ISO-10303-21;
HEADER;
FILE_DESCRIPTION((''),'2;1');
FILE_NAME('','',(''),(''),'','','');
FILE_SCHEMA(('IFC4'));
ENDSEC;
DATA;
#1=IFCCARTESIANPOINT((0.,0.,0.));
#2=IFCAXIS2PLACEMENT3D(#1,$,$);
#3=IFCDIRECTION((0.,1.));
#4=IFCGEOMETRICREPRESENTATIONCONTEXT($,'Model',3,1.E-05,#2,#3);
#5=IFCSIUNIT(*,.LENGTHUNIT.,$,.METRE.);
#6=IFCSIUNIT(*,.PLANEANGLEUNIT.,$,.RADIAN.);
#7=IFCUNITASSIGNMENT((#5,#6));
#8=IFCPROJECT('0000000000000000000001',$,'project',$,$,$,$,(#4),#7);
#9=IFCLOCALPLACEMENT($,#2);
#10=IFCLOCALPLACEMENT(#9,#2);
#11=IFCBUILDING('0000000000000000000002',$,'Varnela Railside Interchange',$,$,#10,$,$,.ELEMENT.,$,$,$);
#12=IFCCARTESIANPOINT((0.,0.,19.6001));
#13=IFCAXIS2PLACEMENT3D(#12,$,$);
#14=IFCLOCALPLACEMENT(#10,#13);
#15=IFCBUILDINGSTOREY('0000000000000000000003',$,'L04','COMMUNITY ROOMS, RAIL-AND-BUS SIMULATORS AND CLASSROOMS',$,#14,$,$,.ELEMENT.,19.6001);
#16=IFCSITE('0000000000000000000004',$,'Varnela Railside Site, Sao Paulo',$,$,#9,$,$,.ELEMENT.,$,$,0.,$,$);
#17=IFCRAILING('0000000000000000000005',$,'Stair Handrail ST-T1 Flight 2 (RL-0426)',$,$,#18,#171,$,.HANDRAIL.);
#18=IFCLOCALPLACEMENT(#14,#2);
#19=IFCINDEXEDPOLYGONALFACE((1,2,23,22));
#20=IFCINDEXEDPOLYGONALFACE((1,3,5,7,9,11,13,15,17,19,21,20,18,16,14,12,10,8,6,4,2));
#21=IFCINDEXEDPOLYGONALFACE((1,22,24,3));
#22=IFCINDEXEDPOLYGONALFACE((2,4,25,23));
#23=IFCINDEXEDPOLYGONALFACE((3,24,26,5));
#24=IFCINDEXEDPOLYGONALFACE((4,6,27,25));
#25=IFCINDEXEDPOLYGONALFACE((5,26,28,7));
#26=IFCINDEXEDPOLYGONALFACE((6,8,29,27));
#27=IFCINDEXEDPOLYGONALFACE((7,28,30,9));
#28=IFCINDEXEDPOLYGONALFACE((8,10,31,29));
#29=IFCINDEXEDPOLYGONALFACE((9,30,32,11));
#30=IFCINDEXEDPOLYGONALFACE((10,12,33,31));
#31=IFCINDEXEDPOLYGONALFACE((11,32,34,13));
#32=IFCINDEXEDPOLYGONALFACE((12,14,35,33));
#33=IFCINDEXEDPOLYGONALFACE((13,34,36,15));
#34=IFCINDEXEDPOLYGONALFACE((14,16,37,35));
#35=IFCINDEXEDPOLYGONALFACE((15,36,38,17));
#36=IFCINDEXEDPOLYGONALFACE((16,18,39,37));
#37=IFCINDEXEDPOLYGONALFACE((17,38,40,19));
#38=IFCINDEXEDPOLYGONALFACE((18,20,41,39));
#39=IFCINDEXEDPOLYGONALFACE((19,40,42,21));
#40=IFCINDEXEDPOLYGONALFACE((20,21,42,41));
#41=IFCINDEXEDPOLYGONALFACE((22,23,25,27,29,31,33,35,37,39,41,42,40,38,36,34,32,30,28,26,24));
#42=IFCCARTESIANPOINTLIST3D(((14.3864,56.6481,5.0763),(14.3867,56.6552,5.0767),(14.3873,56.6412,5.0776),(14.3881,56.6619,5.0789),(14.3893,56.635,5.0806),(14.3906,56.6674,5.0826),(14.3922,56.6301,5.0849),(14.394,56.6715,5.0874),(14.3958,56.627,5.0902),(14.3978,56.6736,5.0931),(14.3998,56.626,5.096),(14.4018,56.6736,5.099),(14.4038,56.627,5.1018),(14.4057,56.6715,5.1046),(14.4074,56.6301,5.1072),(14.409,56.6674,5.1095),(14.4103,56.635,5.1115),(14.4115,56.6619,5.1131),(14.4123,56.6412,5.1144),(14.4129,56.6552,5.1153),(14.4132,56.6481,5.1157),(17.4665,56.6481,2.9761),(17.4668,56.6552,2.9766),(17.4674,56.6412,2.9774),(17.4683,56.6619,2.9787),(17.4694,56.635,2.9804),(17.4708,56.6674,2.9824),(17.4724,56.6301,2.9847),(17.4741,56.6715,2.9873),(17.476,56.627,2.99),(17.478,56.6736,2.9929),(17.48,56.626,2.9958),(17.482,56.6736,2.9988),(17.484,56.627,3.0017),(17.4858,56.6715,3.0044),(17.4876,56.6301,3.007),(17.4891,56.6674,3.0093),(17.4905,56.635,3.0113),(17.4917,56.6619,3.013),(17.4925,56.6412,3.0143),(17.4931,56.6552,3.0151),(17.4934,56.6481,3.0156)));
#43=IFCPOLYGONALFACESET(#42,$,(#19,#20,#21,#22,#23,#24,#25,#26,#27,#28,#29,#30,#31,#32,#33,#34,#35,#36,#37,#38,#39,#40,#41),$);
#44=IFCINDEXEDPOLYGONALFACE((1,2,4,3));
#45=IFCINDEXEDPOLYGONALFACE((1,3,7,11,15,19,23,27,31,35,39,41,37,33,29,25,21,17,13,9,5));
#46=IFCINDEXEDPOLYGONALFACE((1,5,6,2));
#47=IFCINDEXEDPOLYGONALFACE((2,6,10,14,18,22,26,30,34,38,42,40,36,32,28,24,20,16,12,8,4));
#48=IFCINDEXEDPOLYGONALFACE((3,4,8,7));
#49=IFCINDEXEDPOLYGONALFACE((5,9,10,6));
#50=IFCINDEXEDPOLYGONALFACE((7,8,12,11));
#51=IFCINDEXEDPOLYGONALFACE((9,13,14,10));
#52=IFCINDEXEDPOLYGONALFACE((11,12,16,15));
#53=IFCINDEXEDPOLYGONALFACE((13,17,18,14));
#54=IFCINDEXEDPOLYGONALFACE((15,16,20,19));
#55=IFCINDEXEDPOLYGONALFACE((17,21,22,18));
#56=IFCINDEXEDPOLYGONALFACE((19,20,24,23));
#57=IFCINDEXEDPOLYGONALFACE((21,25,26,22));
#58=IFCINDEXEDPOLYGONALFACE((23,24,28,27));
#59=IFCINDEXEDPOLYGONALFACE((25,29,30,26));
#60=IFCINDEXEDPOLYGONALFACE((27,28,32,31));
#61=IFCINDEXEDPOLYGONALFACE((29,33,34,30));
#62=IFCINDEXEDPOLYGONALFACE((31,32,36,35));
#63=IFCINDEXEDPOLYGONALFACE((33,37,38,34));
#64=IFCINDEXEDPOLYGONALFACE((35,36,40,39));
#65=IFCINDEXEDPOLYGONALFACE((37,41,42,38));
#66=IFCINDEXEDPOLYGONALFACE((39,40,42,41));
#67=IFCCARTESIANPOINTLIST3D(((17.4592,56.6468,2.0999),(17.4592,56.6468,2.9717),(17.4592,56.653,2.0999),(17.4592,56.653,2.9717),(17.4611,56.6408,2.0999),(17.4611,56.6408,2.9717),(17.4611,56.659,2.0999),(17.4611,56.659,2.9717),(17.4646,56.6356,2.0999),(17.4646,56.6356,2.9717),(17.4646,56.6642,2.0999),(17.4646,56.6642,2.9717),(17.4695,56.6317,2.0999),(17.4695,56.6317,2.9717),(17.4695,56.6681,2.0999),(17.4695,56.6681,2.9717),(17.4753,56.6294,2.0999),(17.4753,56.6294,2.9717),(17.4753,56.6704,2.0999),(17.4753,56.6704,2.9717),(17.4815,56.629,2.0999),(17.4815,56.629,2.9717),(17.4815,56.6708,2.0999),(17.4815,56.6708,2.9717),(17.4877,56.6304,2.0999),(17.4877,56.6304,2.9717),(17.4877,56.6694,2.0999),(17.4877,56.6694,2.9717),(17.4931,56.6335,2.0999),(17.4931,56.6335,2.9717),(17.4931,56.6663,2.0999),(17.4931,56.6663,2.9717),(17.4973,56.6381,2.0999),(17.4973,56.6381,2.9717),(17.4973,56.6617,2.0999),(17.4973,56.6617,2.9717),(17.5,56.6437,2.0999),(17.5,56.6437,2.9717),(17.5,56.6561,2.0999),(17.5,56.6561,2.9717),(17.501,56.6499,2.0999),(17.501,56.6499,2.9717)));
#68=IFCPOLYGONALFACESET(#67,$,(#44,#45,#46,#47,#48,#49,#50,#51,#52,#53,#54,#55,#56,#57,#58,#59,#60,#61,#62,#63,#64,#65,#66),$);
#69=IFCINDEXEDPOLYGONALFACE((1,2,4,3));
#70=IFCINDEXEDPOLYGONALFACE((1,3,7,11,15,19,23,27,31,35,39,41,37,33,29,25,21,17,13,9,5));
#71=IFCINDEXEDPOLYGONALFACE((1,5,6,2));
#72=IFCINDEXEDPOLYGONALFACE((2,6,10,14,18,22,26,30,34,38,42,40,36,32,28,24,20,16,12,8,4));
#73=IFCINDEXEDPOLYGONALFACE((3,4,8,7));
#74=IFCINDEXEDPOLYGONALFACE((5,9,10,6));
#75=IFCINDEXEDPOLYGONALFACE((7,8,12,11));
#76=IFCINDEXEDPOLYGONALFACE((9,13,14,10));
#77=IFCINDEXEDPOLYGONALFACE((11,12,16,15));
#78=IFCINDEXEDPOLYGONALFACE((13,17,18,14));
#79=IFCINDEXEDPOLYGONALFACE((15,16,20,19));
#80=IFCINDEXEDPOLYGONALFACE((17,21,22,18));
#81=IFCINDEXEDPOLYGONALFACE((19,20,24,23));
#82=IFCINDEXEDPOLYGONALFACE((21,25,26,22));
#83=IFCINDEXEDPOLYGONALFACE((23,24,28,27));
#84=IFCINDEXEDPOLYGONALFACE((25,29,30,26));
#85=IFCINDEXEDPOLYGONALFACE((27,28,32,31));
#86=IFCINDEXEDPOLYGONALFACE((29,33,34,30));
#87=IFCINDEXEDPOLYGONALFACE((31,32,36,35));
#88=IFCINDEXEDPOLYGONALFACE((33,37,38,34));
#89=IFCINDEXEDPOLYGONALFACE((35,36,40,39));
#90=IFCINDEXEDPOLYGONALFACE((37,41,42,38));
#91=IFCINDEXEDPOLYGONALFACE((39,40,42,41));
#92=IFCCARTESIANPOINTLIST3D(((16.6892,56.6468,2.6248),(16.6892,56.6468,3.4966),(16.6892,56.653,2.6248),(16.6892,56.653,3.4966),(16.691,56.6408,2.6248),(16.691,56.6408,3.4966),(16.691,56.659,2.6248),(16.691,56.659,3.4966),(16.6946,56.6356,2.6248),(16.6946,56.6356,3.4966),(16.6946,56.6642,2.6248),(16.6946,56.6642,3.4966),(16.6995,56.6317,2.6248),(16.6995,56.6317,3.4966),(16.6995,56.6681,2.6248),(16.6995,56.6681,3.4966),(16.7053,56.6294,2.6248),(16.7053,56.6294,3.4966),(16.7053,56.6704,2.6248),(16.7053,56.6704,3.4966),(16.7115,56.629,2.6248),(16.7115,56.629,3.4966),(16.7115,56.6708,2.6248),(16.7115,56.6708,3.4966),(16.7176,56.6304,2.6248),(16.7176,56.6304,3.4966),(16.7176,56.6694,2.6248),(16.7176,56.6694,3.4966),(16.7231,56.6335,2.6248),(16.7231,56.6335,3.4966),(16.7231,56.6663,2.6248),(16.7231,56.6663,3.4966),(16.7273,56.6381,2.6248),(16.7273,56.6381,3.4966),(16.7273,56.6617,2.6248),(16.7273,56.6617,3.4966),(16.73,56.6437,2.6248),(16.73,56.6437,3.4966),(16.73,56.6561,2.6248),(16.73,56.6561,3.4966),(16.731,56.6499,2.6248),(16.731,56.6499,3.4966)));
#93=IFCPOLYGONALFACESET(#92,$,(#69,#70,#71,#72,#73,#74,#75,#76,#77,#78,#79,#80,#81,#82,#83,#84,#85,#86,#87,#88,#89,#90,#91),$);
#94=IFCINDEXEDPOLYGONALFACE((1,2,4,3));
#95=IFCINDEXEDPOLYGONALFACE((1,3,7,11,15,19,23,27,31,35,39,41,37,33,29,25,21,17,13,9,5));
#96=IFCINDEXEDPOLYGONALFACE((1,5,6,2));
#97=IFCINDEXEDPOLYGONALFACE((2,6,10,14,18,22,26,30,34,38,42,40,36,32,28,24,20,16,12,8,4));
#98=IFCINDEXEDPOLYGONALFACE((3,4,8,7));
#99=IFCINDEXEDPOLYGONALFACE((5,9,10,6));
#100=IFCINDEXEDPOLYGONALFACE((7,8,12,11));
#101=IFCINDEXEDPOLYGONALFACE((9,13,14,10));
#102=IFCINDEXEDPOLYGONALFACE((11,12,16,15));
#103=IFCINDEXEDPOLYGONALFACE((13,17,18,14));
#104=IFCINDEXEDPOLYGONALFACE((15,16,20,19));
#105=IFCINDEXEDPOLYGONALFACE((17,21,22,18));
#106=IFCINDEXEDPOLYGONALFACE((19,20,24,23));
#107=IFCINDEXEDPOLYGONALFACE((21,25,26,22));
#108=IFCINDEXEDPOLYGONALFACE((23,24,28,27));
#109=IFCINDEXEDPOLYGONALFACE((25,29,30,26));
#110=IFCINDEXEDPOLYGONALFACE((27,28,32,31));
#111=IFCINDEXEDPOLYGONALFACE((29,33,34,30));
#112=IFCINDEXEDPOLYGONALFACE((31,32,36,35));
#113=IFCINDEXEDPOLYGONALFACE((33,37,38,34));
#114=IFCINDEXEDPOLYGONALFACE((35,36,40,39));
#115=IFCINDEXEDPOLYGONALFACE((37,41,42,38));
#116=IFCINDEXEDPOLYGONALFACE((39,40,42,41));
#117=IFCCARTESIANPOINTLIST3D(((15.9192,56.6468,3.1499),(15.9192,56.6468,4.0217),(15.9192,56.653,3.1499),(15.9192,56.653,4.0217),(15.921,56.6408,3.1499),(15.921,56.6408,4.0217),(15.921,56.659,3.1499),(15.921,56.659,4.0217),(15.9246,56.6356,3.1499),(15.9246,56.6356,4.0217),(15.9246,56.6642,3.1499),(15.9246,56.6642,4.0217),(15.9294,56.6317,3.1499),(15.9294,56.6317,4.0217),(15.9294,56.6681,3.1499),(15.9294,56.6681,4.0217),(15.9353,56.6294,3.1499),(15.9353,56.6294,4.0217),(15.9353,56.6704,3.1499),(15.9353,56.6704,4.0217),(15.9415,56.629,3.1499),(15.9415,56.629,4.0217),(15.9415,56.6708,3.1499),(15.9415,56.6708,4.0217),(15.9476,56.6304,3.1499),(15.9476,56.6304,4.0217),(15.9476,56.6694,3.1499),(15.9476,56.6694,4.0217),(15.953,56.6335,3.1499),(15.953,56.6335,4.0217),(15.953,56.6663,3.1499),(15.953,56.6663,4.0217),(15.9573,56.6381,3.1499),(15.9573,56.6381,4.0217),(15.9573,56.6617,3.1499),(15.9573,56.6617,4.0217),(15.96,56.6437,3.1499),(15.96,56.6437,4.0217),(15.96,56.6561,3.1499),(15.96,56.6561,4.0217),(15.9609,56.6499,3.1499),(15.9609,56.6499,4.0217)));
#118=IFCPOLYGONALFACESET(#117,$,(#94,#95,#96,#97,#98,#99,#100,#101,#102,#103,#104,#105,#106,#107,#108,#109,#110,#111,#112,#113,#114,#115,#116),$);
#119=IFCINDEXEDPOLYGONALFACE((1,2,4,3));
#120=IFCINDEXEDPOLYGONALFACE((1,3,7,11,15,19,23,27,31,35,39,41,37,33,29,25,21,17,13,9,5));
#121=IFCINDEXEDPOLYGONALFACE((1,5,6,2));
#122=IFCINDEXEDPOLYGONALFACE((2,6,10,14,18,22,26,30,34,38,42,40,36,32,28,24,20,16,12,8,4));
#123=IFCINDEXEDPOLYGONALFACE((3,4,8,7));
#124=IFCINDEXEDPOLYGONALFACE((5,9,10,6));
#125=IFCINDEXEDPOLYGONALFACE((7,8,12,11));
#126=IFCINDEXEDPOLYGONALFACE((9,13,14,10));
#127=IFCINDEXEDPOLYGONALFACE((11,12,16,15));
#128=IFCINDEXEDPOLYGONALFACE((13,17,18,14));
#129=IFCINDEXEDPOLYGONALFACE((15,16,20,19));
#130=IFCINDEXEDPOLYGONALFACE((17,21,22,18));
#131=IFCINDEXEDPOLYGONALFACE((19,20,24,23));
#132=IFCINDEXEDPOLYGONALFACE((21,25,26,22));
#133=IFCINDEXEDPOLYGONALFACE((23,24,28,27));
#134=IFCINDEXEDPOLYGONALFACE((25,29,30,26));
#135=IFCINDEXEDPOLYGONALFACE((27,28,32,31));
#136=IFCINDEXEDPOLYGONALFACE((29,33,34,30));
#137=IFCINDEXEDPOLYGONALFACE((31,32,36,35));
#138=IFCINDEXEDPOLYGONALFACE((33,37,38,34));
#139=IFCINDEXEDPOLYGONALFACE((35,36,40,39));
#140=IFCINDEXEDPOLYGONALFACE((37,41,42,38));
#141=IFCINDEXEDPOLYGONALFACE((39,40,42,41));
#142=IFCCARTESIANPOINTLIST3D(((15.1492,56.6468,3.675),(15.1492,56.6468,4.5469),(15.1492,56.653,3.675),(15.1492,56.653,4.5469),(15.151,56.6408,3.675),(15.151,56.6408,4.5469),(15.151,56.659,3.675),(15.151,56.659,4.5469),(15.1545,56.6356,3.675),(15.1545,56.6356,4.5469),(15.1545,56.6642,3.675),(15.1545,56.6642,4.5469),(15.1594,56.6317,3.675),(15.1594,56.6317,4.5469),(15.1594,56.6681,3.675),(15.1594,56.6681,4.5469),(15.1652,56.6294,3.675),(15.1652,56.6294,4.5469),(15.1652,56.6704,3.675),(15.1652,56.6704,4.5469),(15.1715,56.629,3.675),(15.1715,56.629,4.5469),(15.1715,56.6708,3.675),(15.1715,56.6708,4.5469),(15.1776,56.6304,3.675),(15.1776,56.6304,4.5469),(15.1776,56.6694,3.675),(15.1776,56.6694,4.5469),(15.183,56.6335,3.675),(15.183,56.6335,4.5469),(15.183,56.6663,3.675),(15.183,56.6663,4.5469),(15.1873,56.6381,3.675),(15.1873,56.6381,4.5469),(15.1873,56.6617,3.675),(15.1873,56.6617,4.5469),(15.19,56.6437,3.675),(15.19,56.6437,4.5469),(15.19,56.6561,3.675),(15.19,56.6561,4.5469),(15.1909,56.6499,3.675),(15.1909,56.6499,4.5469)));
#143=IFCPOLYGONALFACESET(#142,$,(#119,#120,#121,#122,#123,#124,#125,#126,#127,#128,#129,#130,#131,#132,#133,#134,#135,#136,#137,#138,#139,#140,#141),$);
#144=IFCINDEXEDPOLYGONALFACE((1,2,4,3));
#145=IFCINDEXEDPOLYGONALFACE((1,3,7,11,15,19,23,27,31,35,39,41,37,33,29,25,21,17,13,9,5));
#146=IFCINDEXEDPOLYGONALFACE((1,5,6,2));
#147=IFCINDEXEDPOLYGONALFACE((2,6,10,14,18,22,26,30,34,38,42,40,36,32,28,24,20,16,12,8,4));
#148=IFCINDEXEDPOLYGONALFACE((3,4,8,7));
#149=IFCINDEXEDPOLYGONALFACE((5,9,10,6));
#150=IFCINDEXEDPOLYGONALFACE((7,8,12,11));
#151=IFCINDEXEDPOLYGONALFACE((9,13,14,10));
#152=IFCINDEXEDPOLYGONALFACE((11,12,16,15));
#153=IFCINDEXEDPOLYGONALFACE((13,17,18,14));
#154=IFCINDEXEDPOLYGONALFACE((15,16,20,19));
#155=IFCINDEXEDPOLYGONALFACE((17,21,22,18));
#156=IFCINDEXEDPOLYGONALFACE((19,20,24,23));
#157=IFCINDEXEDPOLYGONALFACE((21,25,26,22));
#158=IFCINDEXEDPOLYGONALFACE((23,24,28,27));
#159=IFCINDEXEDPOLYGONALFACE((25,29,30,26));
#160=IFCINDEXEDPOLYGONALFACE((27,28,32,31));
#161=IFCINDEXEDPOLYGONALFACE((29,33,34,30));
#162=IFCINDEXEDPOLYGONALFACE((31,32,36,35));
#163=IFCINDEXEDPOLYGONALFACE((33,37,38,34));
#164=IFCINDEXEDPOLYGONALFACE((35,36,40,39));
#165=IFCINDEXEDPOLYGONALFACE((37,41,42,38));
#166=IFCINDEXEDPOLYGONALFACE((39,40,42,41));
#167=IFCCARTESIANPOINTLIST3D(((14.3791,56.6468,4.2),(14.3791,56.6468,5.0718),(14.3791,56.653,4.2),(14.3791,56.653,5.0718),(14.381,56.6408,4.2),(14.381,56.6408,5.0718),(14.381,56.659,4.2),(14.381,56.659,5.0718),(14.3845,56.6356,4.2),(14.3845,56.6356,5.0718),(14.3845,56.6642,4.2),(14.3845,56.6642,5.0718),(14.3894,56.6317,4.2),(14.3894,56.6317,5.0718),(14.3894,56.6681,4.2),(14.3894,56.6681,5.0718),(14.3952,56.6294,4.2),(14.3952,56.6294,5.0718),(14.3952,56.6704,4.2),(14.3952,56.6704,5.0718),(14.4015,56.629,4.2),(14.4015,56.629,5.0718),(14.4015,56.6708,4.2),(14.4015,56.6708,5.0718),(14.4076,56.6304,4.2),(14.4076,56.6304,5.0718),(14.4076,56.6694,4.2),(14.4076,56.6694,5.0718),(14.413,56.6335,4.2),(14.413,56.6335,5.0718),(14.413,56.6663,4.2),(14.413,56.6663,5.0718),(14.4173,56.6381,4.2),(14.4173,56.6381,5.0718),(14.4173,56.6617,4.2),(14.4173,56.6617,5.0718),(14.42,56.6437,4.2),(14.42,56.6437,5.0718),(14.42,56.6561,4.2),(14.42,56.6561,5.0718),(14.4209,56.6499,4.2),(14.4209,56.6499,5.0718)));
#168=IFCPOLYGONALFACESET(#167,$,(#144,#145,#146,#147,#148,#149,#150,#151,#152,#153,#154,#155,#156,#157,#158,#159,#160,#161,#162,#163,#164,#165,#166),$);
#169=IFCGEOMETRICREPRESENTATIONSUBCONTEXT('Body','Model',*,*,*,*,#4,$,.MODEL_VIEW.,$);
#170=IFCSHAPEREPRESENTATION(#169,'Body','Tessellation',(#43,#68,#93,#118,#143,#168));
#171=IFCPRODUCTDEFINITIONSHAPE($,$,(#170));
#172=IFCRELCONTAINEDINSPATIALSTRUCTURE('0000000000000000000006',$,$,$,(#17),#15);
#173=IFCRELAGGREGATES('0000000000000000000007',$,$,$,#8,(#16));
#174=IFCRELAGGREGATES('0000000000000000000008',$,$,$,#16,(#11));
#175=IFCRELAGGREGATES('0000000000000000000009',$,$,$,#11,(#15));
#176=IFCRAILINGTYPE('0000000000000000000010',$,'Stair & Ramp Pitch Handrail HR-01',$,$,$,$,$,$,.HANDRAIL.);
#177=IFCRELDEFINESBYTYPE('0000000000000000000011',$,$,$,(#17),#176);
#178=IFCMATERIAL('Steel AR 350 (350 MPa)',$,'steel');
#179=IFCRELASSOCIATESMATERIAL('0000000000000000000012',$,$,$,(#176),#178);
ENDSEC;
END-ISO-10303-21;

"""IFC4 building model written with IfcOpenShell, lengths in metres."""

from ifc_helpers import new_model, si_unit, direction, frame, origin, origin_2d, place, context, subcontext, project, spatial, circle, extrude, material, type_object, element, save


model = new_model("IFC4")

# Units and contexts
model_context = context("Model", 3, precision=1e-05, world=origin(), true_north=direction((0.0, 1.0)))
body_context = subcontext(model_context, "Body", "Model", "MODEL_VIEW")
ifc_project = project(units=[si_unit("LENGTHUNIT", "METRE"), si_unit("PLANEANGLEUNIT", "RADIAN")], contexts=[model_context])

# Site, building, storey
site_placement = place(None, origin())
site = spatial("IfcSite", under=ifc_project, at=site_placement, Name="Varnela Railside Site, Sao Paulo", CompositionType="ELEMENT", RefElevation=0.0)
building_placement = place(site_placement, origin())
building = spatial("IfcBuilding", under=site, at=building_placement, Name="Varnela Railside Interchange", CompositionType="ELEMENT")
storey_placement = place(building_placement, frame((0.0, 0.0, 19.6001)))
storey = spatial("IfcBuildingStorey", under=building, at=storey_placement, Name="L04", Description="COMMUNITY ROOMS, RAIL-AND-BUS SIMULATORS AND CLASSROOMS", CompositionType="ELEMENT", Elevation=19.6001)

# Shared definitions
ifc_material_1 = material(Name="Steel AR 350 (350 MPa)", Category="steel")

# Railing
railing_type_1 = type_object("IfcRailingType", Name="Stair & Ramp Pitch Handrail HR-01", PredefinedType="HANDRAIL", material=ifc_material_1)
railing_1_placement = place(storey_placement, frame((17.48, 56.6499, 2.0999)))
element("IfcRailing", 1, at=railing_1_placement, inside=storey, type_object=railing_type_1, Name="Stair Handrail ST-T1 Flight 2 (RL-0426)", PredefinedType="HANDRAIL", context=body_context, shape_type="SweptSolid", body=[
    extrude(circle(Radius=0.0239, at=origin_2d()), frame((0.0, 0.0, 0.896), z_axis=(-0.826222, 0.0, 0.563345), x_axis=(0.0, -1.0, 0.0)), (0.0, 0.0, 1.0), 3.728),
    extrude(circle(Radius=0.021, at=origin_2d()), origin(), (0.0, 0.0, 1.0), 0.8718),
    extrude(circle(Radius=0.021, at=origin_2d()), frame((-0.77, 0.0, 0.5249)), (0.0, 0.0, 1.0), 0.8718),
    extrude(circle(Radius=0.021, at=origin_2d()), frame((-1.54, 0.0, 1.05)), (0.0, 0.0, 1.0), 0.8718),
    extrude(circle(Radius=0.021, at=origin_2d()), frame((-2.3101, 0.0, 1.5752)), (0.0, 0.0, 1.0), 0.8718),
    extrude(circle(Radius=0.021, at=origin_2d()), frame((-3.0801, 0.0, 2.1001)), (0.0, 0.0, 1.0), 0.8718),
])

save(model, "model.ifc")
